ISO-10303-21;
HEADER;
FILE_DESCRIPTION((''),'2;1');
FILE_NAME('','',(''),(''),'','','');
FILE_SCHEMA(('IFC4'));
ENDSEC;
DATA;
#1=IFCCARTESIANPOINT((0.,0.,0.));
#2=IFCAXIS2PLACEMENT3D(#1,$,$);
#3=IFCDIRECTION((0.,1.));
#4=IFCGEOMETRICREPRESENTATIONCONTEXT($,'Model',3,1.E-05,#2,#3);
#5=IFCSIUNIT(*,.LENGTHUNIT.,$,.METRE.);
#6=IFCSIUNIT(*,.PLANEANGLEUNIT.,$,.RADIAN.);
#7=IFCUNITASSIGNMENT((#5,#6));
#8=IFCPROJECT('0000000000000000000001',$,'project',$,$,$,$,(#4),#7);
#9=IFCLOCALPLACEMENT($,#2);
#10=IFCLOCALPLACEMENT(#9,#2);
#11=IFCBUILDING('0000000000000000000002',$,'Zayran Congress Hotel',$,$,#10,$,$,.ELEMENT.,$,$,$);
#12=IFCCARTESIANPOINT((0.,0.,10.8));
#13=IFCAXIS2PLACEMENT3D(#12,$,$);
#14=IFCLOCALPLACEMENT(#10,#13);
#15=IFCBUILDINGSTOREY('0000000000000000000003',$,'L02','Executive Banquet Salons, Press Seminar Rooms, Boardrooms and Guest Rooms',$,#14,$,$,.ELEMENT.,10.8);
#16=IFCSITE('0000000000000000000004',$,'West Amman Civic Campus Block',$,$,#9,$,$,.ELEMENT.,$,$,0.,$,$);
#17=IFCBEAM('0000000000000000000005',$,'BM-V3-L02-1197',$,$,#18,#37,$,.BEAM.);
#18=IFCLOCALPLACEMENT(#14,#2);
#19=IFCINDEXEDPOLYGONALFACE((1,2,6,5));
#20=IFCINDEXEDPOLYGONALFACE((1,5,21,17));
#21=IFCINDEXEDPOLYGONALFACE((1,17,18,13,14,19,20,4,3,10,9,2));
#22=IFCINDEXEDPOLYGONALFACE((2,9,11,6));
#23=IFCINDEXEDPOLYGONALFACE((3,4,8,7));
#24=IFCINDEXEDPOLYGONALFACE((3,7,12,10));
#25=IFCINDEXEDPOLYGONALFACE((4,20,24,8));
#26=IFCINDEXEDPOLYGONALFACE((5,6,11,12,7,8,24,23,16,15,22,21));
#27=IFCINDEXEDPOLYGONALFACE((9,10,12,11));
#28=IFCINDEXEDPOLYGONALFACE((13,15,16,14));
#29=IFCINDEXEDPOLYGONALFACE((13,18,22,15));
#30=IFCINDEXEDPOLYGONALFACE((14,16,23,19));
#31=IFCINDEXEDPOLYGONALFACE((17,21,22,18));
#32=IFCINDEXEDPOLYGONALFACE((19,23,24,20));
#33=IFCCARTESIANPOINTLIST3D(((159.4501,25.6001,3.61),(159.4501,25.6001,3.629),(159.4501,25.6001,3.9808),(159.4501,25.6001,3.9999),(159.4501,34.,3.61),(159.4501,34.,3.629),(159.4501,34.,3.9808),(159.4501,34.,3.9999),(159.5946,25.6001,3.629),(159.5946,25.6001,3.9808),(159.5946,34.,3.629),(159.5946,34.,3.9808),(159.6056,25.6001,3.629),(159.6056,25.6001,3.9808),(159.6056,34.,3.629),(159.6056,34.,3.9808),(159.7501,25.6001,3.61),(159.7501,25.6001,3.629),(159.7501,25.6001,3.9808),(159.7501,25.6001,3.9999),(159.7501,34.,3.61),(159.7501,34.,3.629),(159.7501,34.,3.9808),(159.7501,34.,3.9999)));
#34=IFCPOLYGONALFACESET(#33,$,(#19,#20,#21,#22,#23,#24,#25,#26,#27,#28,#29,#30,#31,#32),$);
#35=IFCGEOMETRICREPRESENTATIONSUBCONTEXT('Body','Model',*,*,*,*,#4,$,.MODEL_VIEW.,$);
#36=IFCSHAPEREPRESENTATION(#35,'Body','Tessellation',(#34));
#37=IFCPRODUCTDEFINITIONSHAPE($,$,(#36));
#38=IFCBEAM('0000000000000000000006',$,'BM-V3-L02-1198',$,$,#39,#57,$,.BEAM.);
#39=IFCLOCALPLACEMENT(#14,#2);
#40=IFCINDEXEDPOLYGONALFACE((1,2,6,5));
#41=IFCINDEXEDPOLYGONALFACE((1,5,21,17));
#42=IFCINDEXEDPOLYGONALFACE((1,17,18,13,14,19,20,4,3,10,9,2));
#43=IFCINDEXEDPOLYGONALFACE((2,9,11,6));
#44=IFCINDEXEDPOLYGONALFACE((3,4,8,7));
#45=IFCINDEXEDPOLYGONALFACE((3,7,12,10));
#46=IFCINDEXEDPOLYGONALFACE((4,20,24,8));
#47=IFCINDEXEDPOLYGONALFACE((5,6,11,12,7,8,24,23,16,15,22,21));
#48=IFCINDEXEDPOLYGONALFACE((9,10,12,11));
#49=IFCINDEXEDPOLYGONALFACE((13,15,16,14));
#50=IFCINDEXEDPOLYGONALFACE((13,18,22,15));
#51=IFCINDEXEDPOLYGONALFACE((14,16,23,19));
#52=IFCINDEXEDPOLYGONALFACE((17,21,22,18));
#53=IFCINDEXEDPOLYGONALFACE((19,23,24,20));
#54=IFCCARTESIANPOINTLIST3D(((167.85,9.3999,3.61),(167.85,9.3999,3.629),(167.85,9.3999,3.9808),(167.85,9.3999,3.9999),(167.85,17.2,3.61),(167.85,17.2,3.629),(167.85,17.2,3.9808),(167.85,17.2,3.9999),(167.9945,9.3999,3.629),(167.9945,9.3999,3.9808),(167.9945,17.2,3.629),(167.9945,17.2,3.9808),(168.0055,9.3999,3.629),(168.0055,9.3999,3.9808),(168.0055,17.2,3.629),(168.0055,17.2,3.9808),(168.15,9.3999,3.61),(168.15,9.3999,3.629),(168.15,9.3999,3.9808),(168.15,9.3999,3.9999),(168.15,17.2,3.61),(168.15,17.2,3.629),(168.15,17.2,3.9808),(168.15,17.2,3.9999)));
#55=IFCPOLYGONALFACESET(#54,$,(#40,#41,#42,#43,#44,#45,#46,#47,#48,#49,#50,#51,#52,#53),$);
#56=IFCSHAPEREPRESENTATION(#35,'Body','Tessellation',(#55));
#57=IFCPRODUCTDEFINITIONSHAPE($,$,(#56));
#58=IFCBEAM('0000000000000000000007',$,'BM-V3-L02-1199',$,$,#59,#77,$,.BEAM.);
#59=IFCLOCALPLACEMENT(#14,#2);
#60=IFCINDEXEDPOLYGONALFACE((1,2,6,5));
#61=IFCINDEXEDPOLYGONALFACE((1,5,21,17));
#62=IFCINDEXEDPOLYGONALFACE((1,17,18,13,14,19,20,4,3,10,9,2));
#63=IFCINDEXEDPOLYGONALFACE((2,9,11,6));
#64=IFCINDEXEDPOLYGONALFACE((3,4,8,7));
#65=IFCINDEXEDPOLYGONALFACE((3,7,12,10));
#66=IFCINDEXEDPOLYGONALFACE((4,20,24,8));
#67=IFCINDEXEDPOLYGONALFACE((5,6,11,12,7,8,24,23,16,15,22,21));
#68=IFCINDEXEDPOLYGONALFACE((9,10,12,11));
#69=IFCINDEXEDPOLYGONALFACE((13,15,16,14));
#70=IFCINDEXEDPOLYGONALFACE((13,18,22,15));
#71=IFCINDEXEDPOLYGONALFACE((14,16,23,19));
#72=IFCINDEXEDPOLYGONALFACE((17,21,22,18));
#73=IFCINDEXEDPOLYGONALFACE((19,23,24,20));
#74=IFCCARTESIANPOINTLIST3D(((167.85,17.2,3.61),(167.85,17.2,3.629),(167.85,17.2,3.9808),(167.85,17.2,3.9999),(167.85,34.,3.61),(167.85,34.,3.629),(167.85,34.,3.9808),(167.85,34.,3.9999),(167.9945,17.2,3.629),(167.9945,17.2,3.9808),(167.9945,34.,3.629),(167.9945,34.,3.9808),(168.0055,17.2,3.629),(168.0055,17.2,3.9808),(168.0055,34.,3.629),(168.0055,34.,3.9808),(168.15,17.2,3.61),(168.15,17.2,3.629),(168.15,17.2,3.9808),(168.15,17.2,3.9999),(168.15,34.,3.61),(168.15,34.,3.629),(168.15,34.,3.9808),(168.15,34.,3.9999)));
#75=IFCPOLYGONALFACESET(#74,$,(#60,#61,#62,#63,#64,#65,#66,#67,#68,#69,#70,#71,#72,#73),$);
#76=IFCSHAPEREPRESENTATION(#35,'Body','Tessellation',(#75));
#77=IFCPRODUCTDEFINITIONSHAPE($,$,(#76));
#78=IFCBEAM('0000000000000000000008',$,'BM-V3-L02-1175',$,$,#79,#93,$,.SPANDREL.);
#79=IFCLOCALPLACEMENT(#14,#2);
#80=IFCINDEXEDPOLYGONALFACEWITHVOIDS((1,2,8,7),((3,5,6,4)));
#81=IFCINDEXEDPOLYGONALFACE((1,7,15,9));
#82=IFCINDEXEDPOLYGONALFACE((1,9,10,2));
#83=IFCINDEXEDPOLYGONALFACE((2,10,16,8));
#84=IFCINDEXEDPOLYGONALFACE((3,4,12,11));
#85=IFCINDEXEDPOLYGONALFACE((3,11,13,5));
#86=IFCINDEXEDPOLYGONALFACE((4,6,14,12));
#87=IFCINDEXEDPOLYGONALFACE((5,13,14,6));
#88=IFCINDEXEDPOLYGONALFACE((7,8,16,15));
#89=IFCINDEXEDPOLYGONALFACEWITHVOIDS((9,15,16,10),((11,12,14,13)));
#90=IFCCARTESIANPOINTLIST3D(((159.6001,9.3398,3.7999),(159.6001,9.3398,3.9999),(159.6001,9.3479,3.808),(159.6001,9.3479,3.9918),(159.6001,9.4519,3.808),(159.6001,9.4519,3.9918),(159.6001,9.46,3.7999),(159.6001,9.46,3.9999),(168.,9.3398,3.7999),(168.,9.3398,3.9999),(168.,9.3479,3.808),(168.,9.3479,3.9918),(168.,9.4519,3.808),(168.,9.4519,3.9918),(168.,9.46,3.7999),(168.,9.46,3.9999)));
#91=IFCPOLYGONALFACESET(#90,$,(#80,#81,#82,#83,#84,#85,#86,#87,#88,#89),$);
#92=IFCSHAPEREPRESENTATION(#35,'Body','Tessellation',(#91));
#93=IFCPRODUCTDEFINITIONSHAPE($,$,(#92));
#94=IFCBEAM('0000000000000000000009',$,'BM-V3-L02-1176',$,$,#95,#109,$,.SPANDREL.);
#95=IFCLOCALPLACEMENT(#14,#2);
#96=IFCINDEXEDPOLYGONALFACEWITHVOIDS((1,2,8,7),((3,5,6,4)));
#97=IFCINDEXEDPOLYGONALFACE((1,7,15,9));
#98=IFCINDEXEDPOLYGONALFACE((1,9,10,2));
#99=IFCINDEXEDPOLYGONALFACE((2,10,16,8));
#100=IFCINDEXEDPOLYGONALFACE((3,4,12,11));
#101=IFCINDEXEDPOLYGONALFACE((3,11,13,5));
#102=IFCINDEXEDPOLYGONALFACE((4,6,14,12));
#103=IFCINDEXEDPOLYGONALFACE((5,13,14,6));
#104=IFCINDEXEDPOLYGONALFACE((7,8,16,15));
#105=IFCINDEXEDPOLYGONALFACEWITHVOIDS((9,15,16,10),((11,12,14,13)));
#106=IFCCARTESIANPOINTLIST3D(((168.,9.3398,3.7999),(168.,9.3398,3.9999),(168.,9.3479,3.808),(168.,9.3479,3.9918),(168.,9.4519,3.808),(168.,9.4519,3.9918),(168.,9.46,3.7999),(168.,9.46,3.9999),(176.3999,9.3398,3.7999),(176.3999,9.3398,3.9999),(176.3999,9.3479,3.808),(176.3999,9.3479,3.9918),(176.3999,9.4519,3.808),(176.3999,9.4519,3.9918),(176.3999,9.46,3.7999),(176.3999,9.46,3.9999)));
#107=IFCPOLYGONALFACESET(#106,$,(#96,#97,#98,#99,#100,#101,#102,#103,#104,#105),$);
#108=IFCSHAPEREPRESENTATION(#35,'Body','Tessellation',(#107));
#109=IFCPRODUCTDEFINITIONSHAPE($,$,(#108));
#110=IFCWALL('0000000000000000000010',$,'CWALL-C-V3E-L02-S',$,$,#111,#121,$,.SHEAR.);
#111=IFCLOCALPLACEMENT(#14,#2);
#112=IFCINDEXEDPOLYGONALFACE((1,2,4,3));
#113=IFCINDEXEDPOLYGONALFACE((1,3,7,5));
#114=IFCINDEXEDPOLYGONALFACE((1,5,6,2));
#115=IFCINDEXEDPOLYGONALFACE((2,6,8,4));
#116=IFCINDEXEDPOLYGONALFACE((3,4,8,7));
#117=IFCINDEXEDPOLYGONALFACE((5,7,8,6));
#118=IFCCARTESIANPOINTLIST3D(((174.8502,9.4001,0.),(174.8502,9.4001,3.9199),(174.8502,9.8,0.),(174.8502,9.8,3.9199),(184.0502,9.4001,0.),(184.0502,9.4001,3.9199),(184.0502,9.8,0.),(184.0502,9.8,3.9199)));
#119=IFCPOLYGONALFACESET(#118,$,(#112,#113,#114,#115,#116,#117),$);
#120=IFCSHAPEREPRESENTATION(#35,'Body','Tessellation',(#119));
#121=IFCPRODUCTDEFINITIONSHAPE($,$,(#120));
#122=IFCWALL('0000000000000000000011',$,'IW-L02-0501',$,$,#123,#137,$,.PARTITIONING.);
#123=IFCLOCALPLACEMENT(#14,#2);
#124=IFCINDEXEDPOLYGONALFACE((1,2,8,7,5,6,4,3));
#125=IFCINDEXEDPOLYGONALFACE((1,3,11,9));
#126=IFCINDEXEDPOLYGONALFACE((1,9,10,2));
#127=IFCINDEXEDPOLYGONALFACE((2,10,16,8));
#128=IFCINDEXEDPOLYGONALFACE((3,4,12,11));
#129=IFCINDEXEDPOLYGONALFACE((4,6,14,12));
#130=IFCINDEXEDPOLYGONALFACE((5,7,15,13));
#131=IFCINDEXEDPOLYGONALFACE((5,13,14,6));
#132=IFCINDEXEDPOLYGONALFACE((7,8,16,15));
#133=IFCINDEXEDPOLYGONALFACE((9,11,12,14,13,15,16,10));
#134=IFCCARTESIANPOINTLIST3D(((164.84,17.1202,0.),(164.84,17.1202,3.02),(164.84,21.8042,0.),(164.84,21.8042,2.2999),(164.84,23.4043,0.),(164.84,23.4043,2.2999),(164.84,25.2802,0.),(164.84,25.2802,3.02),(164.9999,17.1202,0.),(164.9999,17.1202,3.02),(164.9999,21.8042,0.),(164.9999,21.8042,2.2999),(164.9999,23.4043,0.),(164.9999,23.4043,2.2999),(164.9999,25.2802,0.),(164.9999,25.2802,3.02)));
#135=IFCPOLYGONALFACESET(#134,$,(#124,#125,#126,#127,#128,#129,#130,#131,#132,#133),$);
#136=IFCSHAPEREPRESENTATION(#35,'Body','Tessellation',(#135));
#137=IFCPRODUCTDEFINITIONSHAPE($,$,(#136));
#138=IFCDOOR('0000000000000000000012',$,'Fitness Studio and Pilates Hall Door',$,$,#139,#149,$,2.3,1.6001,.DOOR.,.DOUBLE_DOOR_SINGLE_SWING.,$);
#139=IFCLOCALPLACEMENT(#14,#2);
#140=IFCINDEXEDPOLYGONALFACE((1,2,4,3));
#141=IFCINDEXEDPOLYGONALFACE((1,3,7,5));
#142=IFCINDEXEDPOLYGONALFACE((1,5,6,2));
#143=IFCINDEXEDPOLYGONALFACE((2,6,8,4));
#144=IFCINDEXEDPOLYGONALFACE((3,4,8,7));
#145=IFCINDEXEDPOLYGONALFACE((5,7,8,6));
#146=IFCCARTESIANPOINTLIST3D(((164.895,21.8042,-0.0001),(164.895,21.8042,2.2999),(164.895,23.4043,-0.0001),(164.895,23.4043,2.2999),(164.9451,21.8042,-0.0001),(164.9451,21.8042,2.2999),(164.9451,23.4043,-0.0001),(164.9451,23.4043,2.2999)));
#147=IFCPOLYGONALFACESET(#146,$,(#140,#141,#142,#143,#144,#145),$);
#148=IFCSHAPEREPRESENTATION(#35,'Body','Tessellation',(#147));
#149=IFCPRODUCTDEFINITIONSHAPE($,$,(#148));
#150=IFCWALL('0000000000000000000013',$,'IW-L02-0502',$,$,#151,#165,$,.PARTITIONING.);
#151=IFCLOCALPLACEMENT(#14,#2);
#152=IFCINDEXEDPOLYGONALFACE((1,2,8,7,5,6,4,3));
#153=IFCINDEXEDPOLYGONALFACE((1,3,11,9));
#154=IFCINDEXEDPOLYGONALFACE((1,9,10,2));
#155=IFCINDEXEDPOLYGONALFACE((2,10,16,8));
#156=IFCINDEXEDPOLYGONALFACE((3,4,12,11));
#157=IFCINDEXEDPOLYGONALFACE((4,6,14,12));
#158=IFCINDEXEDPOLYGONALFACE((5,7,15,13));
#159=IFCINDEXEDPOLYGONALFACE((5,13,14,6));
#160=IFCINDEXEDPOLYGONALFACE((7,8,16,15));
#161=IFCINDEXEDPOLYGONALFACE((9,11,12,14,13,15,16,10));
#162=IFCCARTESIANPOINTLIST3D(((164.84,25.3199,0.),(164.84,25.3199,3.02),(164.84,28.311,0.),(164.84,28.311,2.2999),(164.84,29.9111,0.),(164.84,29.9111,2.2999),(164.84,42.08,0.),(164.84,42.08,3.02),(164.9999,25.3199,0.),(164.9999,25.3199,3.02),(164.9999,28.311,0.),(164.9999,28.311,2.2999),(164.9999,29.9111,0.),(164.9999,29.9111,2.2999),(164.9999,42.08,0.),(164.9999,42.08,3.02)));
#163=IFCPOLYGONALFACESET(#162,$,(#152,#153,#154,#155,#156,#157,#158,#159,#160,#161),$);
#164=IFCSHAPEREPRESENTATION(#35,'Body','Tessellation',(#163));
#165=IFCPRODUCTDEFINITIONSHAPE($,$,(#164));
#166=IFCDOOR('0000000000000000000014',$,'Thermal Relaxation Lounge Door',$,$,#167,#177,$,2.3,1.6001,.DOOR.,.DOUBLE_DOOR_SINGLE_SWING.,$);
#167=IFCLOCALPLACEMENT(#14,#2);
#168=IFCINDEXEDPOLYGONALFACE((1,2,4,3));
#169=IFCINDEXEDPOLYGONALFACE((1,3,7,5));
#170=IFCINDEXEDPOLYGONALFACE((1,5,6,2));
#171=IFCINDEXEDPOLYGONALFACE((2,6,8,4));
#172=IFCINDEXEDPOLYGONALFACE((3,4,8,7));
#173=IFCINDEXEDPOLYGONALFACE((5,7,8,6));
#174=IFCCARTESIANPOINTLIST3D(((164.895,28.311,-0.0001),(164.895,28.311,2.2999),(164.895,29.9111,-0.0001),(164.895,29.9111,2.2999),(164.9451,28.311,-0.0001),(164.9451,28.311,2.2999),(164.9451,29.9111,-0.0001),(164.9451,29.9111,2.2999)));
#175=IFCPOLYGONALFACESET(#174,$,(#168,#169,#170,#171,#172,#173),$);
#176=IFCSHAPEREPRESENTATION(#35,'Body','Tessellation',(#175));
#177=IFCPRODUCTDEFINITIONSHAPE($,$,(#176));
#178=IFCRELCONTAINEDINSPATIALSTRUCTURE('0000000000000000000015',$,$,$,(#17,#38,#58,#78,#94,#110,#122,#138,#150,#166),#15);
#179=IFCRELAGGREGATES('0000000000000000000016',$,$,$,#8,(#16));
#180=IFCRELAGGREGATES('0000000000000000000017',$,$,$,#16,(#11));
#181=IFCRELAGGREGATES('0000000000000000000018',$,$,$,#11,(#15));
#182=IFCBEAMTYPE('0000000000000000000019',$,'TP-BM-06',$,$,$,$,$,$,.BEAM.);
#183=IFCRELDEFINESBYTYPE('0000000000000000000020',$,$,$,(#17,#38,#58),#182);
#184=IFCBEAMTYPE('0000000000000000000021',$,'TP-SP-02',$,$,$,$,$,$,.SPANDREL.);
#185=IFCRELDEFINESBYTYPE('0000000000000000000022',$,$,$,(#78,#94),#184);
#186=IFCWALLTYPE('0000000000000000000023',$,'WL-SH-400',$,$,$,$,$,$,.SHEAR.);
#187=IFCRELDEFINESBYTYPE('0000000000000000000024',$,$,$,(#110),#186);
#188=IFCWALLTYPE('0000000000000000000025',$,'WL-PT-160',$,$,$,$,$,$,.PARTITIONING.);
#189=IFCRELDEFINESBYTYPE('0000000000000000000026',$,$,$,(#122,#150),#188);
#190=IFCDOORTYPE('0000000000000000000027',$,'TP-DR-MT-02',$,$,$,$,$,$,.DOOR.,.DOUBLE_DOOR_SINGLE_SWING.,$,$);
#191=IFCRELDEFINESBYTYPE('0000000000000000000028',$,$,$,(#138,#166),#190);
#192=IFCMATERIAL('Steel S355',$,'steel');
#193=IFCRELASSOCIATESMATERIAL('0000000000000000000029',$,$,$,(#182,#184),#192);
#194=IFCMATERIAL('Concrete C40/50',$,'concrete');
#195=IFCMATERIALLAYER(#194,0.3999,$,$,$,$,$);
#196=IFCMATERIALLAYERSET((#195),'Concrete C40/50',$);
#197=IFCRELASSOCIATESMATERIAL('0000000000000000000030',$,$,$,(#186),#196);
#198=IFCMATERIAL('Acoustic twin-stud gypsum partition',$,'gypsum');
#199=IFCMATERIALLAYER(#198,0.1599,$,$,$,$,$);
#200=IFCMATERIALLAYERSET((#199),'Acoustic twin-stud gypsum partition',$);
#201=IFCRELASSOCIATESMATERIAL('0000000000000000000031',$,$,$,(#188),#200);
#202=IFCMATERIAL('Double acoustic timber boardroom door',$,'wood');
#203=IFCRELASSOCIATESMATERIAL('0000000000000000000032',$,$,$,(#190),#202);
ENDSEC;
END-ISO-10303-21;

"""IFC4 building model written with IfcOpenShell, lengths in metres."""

from ifc_helpers import new_model, si_unit, direction, frame, frame_2d, origin, origin_2d, place, context, subcontext, project, spatial, rectangle, hollow_rectangle, i_section, extrude, material, layer, layer_set, material_profile, profile_set, type_object, element, fill, save


model = new_model("IFC4")

# Units and contexts
model_context = context("Model", 3, precision=1e-05, world=origin(), true_north=direction((0.0, 1.0)))
body_context = subcontext(model_context, "Body", "Model", "MODEL_VIEW")
ifc_project = project(units=[si_unit("LENGTHUNIT", "METRE"), si_unit("PLANEANGLEUNIT", "RADIAN")], contexts=[model_context])

# Site, building, storey
site_placement = place(None, origin())
site = spatial("IfcSite", under=ifc_project, at=site_placement, Name="West Amman Civic Campus Block", CompositionType="ELEMENT", RefElevation=0.0)
building_placement = place(site_placement, origin())
building = spatial("IfcBuilding", under=site, at=building_placement, Name="Zayran Congress Hotel", CompositionType="ELEMENT")
storey_placement = place(building_placement, frame((0.0, 0.0, 10.8)))
storey = spatial("IfcBuildingStorey", under=building, at=storey_placement, Name="L02", Description="Executive Banquet Salons, Press Seminar Rooms, Boardrooms and Guest Rooms", CompositionType="ELEMENT", Elevation=10.8)

# Shared definitions
ifc_material_1 = material(Name="Steel S355", Category="steel")

# Beams
ifc_material_profile_1 = material_profile(ifc_material_1, i_section(OverallWidth=0.3, OverallDepth=0.3899, WebThickness=0.011, FlangeThickness=0.019, at=origin_2d()), Name="HEA 400")
ifc_profile_set_1 = profile_set([ifc_material_profile_1], Name="Steel S355")
beam_type_1 = type_object("IfcBeamType", Name="TP-BM-06", PredefinedType="BEAM", material=ifc_profile_set_1)
beam_1_placement = place(storey_placement, frame((159.6001, 25.6001, 3.8049), z_axis=(0.0, 1.0, 0.0), x_axis=(-1.0, 0.0, 0.0)))
element("IfcBeam", 1, at=beam_1_placement, inside=storey, type_object=beam_type_1, Name="BM-V3-L02-1197", PredefinedType="BEAM", context=body_context, shape_type="SweptSolid", body=[
    extrude(i_section(OverallWidth=0.3, OverallDepth=0.3899, WebThickness=0.011, FlangeThickness=0.019, at=origin_2d()), origin(), (0.0, 0.0, 1.0), 8.3999),
])
beam_2_placement = place(storey_placement, frame((168.0, 9.3999, 3.8049), z_axis=(0.0, 1.0, 0.0), x_axis=(-1.0, 0.0, 0.0)))
element("IfcBeam", 2, at=beam_2_placement, inside=storey, type_object=beam_type_1, Name="BM-V3-L02-1198", PredefinedType="BEAM", context=body_context, shape_type="SweptSolid", body=[
    extrude(i_section(OverallWidth=0.3, OverallDepth=0.3899, WebThickness=0.011, FlangeThickness=0.019, at=origin_2d()), origin(), (0.0, 0.0, 1.0), 7.8),
])
beam_3_placement = place(storey_placement, frame((168.0, 17.2, 3.8049), z_axis=(0.0, 1.0, 0.0), x_axis=(-1.0, 0.0, 0.0)))
element("IfcBeam", 3, at=beam_3_placement, inside=storey, type_object=beam_type_1, Name="BM-V3-L02-1199", PredefinedType="BEAM", context=body_context, shape_type="SweptSolid", body=[
    extrude(i_section(OverallWidth=0.3, OverallDepth=0.3899, WebThickness=0.011, FlangeThickness=0.019, at=origin_2d()), origin(), (0.0, 0.0, 1.0), 16.8),
])
ifc_material_profile_2 = material_profile(ifc_material_1, hollow_rectangle(XDim=0.1201, YDim=0.2, WallThickness=0.0081, at=origin_2d()), Name="RHS 200x120x8")
ifc_profile_set_2 = profile_set([ifc_material_profile_2], Name="Steel S355")
beam_type_2 = type_object("IfcBeamType", Name="TP-SP-02", PredefinedType="SPANDREL", material=ifc_profile_set_2)
for number, where, z_axis, x_axis, name in (
    (4, (159.6001, 9.3999, 3.8999), (1.0, 0.0, 0.0), (0.0, 1.0, 0.0), "BM-V3-L02-1175"),
    (5, (168.0, 9.3999, 3.8999), (1.0, 0.0, 0.0), (0.0, 1.0, 0.0), "BM-V3-L02-1176"),
):
    element("IfcBeam", number, at=place(storey_placement, frame(where, z_axis=z_axis, x_axis=x_axis)), inside=storey, type_object=beam_type_2, Name=name, PredefinedType="SPANDREL", context=body_context, shape_type="SweptSolid", body=[
        extrude(hollow_rectangle(XDim=0.1201, YDim=0.2, WallThickness=0.0081, at=origin_2d()), origin(), (0.0, 0.0, 1.0), 8.3999),
    ])

# Wall
ifc_material_2 = material(Name="Concrete C40/50", Category="concrete")
ifc_layer_1 = layer(ifc_material_2, 0.3999)
ifc_layer_set_1 = layer_set([ifc_layer_1], Name="Concrete C40/50")
wall_type_1 = type_object("IfcWallType", Name="WL-SH-400", PredefinedType="SHEAR", material=ifc_layer_set_1)
wall_1_placement = place(storey_placement, frame((174.8501, 9.6001, 0.0), z_axis=(0.0, 0.0, 1.0), x_axis=(1.0, 0.0, 0.0)))
element("IfcWall", 6, at=wall_1_placement, inside=storey, type_object=wall_type_1, Name="CWALL-C-V3E-L02-S", PredefinedType="SHEAR", context=body_context, shape_type="SweptSolid", body=[
    extrude(rectangle(XDim=9.2, YDim=0.3999, at=frame_2d((4.6001, 0.0))), origin(), (0.0, 0.0, 1.0), 3.9199),
])

# Walls, openings, doors
ifc_material_3 = material(Name="Acoustic twin-stud gypsum partition", Category="gypsum")
ifc_layer_2 = layer(ifc_material_3, 0.1599)
ifc_layer_set_2 = layer_set([ifc_layer_2], Name="Acoustic twin-stud gypsum partition")
wall_type_2 = type_object("IfcWallType", Name="WL-PT-160", PredefinedType="PARTITIONING", material=ifc_layer_set_2)
wall_2_placement = place(storey_placement, frame((164.9199, 17.1201, 0.0), z_axis=(0.0, 0.0, 1.0), x_axis=(0.0, 1.0, 0.0)))
wall_2 = element("IfcWall", 7, at=wall_2_placement, inside=storey, type_object=wall_type_2, Name="IW-L02-0501", PredefinedType="PARTITIONING", context=body_context, shape_type="SweptSolid", body=[
    extrude(rectangle(XDim=8.1599, YDim=0.1599, at=frame_2d((4.0801, 0.0))), origin(), (0.0, 0.0, 1.0), 3.02),
])
opening_1_placement = place(wall_2_placement, frame((4.6841, 0.0, 0.0)))
opening_1 = element("IfcOpeningElement", 8, at=opening_1_placement, cuts=wall_2, PredefinedType="OPENING", context=body_context, shape_type="SweptSolid", body=[
    extrude(rectangle(XDim=1.6001, YDim=2.3, at=frame_2d((0.8, 1.1499))), frame((0.0, 0.0898, 0.0), z_axis=(0.0, -1.0, 0.0), x_axis=(1.0, 0.0, 0.0)), (0.0, 0.0, 1.0), 0.1799),
])
ifc_material_4 = material(Name="Double acoustic timber boardroom door", Category="wood")
door_type_1 = type_object("IfcDoorType", Name="TP-DR-MT-02", OperationType="DOUBLE_DOOR_SINGLE_SWING", PredefinedType="DOOR", material=ifc_material_4)
door_1_placement = place(opening_1_placement, origin())
door_1 = element("IfcDoor", 9, at=door_1_placement, inside=storey, type_object=door_type_1, Name="Fitness Studio and Pilates Hall Door", OperationType="DOUBLE_DOOR_SINGLE_SWING", OverallHeight=2.3, OverallWidth=1.6001, PredefinedType="DOOR", context=body_context, shape_type="SweptSolid", body=[
    extrude(rectangle(XDim=1.6001, YDim=2.3, at=frame_2d((0.8, 1.1499))), frame((0.0, 0.0249, 0.0), z_axis=(0.0, -1.0, 0.0), x_axis=(1.0, 0.0, 0.0)), (0.0, 0.0, 1.0), 0.05),
])
fill(opening_1, door_1)
wall_3_placement = place(storey_placement, frame((164.9199, 25.3201, 0.0), z_axis=(0.0, 0.0, 1.0), x_axis=(0.0, 1.0, 0.0)))
wall_3 = element("IfcWall", 10, at=wall_3_placement, inside=storey, type_object=wall_type_2, Name="IW-L02-0502", PredefinedType="PARTITIONING", context=body_context, shape_type="SweptSolid", body=[
    extrude(rectangle(XDim=16.76, YDim=0.1599, at=frame_2d((8.3799, 0.0))), origin(), (0.0, 0.0, 1.0), 3.02),
])
opening_2_placement = place(wall_3_placement, frame((2.991, 0.0, 0.0)))
opening_2 = element("IfcOpeningElement", 11, at=opening_2_placement, cuts=wall_3, PredefinedType="OPENING", context=body_context, shape_type="SweptSolid", body=[
    extrude(rectangle(XDim=1.6001, YDim=2.3, at=frame_2d((0.8, 1.1499))), frame((0.0, 0.0898, 0.0), z_axis=(0.0, -1.0, 0.0), x_axis=(1.0, 0.0, 0.0)), (0.0, 0.0, 1.0), 0.1799),
])
door_2_placement = place(opening_2_placement, origin())
door_2 = element("IfcDoor", 12, at=door_2_placement, inside=storey, type_object=door_type_1, Name="Thermal Relaxation Lounge Door", OperationType="DOUBLE_DOOR_SINGLE_SWING", OverallHeight=2.3, OverallWidth=1.6001, PredefinedType="DOOR", context=body_context, shape_type="SweptSolid", body=[
    extrude(rectangle(XDim=1.6001, YDim=2.3, at=frame_2d((0.8, 1.1499))), frame((0.0, 0.0249, 0.0), z_axis=(0.0, -1.0, 0.0), x_axis=(1.0, 0.0, 0.0)), (0.0, 0.0, 1.0), 0.05),
])
fill(opening_2, door_2)

save(model, "model.ifc")
